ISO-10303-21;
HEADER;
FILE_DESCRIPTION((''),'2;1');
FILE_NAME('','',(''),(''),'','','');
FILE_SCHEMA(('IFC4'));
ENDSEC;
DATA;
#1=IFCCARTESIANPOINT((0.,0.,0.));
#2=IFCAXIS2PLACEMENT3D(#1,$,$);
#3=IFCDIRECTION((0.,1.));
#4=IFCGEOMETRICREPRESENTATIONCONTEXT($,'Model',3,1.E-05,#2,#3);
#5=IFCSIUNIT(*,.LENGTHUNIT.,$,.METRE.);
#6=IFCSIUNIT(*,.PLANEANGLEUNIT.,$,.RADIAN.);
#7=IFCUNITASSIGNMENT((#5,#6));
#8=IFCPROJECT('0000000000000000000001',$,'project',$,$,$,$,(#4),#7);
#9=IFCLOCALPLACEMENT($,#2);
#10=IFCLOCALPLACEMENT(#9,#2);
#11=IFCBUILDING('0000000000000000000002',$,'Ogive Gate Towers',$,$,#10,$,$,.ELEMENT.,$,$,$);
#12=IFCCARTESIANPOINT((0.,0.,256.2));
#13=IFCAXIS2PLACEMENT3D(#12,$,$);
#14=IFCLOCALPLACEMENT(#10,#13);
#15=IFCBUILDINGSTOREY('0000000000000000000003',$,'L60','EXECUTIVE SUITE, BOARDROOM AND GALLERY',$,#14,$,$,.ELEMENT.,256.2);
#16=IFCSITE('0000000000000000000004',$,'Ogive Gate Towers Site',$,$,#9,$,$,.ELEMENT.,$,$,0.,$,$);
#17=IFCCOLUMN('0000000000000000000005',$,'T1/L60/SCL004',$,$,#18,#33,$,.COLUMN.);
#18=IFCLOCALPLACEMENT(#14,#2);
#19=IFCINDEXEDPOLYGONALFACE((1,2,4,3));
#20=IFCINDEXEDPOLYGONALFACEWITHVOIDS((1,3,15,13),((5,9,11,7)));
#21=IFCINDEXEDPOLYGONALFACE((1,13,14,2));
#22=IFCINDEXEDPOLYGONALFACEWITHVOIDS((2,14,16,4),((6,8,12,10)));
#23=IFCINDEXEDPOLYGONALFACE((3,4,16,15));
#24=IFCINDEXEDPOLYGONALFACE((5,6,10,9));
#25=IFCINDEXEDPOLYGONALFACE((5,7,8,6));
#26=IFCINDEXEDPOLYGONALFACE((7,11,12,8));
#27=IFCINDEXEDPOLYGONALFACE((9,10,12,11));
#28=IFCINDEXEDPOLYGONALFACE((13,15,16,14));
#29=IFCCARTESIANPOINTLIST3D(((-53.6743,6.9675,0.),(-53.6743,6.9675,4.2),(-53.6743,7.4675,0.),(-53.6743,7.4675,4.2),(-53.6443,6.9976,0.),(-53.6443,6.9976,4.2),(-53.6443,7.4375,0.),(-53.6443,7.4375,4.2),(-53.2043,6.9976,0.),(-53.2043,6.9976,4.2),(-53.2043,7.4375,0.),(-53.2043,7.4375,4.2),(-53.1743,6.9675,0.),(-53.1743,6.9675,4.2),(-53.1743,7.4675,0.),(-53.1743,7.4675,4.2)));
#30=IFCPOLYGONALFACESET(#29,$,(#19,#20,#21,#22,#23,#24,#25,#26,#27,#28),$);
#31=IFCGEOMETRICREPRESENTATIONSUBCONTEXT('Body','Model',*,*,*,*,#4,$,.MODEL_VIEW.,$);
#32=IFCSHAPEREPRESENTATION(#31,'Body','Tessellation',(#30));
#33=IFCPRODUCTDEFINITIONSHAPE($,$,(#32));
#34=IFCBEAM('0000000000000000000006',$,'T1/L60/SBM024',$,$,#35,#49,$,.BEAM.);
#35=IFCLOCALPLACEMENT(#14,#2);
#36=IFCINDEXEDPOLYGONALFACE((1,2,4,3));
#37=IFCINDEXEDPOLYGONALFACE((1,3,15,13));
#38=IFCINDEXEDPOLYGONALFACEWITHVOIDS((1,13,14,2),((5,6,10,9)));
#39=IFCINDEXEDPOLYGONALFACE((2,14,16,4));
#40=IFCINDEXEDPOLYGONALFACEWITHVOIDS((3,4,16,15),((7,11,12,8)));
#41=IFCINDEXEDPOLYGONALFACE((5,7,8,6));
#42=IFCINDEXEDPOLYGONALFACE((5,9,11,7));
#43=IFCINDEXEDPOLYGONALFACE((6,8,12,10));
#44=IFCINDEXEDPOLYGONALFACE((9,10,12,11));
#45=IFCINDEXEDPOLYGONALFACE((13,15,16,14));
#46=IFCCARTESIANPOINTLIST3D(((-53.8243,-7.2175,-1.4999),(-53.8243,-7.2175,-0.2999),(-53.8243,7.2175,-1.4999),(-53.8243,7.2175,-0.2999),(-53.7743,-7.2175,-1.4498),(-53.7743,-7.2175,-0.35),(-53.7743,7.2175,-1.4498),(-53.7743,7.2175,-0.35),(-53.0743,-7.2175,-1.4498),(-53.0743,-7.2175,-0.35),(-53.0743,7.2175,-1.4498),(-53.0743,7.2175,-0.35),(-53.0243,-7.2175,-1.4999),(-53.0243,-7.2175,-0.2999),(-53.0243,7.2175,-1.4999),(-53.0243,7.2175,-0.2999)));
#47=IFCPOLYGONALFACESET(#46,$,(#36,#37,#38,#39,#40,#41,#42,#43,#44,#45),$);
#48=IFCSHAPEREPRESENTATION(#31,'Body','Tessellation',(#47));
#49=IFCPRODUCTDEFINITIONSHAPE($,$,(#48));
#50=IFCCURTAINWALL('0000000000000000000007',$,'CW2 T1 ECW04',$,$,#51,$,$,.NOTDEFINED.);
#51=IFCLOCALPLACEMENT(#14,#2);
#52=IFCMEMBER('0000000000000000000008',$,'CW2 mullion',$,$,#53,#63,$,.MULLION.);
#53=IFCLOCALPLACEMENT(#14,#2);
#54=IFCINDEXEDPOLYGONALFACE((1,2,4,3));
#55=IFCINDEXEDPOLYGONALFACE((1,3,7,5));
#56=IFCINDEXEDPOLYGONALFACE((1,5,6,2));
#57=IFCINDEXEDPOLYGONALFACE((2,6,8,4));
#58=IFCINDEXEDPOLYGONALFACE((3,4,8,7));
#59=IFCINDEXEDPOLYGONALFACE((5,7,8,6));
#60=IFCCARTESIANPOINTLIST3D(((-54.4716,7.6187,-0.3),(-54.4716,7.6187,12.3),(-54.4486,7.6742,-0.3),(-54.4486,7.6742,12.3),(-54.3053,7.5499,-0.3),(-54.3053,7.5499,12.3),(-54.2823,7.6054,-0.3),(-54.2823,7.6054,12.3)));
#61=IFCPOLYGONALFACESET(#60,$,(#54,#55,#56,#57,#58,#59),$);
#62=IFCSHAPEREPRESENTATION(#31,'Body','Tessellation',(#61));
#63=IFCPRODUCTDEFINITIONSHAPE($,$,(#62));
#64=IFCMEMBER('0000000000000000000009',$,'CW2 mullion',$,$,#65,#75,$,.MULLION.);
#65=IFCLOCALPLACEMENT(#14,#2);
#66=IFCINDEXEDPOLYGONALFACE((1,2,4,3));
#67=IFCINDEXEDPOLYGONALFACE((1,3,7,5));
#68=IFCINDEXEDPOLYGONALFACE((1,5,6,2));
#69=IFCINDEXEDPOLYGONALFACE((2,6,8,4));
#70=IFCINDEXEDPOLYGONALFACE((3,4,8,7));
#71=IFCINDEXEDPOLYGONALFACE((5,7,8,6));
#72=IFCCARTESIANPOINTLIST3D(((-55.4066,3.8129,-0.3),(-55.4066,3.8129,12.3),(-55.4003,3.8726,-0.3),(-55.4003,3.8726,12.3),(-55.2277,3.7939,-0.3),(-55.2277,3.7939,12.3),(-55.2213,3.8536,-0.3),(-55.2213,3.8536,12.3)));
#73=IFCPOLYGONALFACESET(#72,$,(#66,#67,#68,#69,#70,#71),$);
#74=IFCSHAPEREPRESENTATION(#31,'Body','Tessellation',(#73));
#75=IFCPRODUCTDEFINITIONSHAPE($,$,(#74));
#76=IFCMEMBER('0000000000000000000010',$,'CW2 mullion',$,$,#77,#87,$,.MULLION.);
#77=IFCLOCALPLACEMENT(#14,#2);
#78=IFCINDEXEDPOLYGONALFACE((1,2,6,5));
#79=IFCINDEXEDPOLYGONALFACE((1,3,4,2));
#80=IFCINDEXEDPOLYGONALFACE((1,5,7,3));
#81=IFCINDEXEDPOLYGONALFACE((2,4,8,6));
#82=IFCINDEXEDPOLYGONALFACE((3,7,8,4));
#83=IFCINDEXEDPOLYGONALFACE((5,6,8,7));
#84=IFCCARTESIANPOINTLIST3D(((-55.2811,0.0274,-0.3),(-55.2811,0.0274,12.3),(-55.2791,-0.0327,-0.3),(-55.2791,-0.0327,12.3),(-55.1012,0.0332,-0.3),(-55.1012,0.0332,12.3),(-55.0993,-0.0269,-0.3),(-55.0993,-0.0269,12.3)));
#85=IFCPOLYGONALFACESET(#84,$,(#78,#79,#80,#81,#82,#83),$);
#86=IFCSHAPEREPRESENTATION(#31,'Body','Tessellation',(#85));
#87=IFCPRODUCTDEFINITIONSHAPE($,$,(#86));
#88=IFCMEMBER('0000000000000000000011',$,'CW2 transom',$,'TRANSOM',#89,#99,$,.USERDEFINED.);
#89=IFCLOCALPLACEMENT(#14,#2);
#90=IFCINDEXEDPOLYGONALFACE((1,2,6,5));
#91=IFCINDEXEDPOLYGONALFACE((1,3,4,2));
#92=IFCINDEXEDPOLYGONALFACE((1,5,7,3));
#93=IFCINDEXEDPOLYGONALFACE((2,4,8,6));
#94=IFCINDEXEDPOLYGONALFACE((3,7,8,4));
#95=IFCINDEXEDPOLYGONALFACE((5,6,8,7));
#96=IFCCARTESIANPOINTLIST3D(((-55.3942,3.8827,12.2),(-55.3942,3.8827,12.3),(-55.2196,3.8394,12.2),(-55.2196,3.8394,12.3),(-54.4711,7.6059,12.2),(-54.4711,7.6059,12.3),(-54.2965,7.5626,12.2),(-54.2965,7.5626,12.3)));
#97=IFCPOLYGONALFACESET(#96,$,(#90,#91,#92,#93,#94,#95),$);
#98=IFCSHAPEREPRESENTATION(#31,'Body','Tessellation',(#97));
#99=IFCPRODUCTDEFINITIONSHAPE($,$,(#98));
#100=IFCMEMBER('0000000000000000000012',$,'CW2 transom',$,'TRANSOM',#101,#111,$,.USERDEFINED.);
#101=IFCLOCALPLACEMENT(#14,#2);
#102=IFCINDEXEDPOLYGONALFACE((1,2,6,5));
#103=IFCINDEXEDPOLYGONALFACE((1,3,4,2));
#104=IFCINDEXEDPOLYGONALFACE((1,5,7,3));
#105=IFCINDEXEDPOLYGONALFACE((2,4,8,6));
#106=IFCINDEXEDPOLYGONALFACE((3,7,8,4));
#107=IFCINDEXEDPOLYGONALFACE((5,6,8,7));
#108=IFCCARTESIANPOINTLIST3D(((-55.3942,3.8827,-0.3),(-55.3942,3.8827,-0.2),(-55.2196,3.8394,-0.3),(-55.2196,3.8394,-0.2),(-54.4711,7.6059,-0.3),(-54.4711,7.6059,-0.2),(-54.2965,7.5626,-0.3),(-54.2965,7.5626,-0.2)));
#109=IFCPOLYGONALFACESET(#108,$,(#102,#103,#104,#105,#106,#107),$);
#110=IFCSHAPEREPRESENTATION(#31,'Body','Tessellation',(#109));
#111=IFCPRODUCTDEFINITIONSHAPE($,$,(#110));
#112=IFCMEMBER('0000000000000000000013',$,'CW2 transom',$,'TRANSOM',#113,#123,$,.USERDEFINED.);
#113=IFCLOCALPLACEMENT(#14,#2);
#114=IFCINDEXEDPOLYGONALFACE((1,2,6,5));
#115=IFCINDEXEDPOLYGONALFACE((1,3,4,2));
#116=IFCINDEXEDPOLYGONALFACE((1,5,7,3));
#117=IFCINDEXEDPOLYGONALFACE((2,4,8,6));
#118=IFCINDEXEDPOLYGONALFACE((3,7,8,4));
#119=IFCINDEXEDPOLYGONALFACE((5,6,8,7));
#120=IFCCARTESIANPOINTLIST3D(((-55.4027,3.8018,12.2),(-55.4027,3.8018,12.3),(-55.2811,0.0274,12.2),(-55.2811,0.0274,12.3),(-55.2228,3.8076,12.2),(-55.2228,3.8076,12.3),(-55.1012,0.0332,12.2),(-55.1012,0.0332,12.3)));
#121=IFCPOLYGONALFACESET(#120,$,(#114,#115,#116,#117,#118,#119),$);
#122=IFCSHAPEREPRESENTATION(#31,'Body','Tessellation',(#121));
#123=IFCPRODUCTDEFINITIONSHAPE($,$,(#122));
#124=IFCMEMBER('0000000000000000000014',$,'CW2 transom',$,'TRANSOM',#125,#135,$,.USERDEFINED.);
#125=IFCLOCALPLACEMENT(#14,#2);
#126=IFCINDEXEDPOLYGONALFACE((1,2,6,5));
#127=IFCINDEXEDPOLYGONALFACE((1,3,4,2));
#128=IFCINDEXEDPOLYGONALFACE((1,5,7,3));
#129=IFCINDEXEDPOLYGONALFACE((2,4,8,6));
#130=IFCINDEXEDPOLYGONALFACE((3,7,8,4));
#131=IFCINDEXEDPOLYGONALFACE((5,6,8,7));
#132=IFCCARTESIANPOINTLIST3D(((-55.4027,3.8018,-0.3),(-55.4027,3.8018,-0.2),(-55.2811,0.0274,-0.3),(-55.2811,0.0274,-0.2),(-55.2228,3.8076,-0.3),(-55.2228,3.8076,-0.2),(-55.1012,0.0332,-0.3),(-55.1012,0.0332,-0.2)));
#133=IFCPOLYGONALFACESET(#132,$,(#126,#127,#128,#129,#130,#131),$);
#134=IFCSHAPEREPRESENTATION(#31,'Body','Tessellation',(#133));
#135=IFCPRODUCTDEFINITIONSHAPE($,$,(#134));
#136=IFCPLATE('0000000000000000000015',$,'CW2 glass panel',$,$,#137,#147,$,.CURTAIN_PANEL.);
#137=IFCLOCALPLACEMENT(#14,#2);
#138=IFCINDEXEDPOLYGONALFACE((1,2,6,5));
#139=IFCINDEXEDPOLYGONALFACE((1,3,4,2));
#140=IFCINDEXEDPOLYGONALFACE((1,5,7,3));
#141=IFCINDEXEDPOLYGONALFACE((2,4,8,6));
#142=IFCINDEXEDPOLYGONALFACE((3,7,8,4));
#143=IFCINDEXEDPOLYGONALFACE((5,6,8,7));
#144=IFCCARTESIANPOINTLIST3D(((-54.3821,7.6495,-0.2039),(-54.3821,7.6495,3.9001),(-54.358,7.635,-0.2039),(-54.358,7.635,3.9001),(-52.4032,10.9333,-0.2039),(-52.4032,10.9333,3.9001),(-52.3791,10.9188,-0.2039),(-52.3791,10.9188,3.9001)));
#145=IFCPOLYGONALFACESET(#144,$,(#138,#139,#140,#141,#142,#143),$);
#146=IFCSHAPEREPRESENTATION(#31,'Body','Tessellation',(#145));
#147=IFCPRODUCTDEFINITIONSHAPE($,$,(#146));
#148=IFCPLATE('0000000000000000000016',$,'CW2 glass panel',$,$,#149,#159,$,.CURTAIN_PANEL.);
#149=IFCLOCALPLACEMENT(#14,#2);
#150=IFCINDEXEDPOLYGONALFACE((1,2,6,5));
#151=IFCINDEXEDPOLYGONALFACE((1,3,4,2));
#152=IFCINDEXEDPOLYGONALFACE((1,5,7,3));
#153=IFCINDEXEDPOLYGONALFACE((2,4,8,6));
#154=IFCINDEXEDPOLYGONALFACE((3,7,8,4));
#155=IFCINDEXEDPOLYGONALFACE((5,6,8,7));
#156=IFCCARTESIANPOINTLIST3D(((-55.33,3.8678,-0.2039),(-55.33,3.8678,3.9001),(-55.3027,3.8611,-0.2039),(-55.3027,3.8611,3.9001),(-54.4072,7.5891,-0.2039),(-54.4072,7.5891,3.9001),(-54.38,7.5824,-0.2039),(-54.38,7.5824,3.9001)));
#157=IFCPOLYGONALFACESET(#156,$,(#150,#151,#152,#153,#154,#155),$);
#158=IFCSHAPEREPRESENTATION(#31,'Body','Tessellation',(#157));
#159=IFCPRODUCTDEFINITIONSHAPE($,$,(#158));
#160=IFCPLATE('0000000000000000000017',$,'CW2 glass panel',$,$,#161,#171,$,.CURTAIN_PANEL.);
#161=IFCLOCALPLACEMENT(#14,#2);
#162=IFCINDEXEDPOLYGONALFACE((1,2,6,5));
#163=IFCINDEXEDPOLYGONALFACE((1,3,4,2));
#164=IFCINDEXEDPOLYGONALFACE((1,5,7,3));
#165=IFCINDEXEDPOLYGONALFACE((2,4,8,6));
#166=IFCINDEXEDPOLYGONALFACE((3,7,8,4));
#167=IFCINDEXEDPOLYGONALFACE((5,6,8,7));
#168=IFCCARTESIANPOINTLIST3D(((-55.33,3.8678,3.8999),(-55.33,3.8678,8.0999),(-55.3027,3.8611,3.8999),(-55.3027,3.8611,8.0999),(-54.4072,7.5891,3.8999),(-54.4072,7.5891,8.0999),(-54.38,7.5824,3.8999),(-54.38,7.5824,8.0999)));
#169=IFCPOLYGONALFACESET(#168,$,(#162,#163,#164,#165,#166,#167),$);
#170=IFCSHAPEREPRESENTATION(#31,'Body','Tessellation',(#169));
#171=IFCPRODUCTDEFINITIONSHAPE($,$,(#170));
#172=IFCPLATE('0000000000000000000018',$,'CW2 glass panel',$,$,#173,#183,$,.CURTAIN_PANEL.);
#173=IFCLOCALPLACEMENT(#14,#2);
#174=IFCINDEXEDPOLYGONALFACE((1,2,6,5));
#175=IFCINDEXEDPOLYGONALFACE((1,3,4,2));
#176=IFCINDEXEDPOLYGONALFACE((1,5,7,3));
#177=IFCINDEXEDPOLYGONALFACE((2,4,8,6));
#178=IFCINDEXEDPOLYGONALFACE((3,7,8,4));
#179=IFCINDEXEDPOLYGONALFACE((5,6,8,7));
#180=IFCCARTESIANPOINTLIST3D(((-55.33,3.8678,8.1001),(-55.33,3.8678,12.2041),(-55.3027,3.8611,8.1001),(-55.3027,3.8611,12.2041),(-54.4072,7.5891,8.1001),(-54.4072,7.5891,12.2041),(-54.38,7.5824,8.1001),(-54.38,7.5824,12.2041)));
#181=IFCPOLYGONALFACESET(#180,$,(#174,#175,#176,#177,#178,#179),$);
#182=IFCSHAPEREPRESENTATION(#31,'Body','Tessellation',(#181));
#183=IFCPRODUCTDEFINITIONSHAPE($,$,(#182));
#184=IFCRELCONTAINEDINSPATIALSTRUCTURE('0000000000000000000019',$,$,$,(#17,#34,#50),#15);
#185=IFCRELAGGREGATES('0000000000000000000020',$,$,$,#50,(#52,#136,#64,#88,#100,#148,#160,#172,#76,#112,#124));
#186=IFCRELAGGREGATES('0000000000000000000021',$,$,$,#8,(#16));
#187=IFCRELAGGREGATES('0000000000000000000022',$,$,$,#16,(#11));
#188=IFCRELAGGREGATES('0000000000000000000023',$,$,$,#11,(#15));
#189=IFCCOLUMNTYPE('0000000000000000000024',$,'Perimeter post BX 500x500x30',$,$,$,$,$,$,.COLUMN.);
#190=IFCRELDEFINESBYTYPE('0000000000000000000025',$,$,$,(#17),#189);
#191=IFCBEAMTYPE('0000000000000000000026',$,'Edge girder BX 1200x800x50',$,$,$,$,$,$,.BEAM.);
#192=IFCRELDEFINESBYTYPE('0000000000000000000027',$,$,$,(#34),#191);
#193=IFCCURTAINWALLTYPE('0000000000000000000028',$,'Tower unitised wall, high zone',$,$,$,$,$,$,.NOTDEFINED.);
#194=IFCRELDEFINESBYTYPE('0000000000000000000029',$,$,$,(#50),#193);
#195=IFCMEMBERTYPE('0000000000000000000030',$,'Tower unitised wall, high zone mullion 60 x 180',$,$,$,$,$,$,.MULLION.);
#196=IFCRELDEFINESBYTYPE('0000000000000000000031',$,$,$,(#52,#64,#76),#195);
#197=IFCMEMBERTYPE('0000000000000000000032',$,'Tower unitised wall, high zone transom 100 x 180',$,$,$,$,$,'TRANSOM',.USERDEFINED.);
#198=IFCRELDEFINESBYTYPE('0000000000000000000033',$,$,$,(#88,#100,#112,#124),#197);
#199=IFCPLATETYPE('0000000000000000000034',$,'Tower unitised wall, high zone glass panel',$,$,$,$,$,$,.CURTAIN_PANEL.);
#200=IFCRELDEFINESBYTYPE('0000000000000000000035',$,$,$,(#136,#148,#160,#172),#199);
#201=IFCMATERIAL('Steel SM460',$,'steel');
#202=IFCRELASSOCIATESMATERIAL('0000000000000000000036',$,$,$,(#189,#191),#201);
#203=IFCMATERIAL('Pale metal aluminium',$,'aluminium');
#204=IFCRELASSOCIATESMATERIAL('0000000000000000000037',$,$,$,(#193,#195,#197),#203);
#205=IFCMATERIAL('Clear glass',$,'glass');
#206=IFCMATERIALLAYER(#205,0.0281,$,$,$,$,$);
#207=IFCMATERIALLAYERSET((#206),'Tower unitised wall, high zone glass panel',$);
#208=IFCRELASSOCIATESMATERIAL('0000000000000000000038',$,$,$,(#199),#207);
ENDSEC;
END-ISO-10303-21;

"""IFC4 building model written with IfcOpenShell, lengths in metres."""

from ifc_helpers import new_model, si_unit, direction, frame, origin, origin_2d, place, context, subcontext, project, spatial, rectangle, hollow_rectangle, extrude, material, layer, layer_set, material_profile, profile_set, type_object, element, aggregate, save


model = new_model("IFC4")

# Units and contexts
model_context = context("Model", 3, precision=1e-05, world=origin(), true_north=direction((0.0, 1.0)))
body_context = subcontext(model_context, "Body", "Model", "MODEL_VIEW")
ifc_project = project(units=[si_unit("LENGTHUNIT", "METRE"), si_unit("PLANEANGLEUNIT", "RADIAN")], contexts=[model_context])

# Site, building, storey
site_placement = place(None, origin())
site = spatial("IfcSite", under=ifc_project, at=site_placement, Name="Ogive Gate Towers Site", CompositionType="ELEMENT", RefElevation=0.0)
building_placement = place(site_placement, origin())
building = spatial("IfcBuilding", under=site, at=building_placement, Name="Ogive Gate Towers", CompositionType="ELEMENT")
storey_placement = place(building_placement, frame((0.0, 0.0, 256.2)))
storey = spatial("IfcBuildingStorey", under=building, at=storey_placement, Name="L60", Description="EXECUTIVE SUITE, BOARDROOM AND GALLERY", CompositionType="ELEMENT", Elevation=256.2)

# Column
ifc_material_1 = material(Name="Steel SM460", Category="steel")
ifc_material_profile_1 = material_profile(ifc_material_1, hollow_rectangle(XDim=0.5, YDim=0.5, WallThickness=0.03, at=origin_2d()), Name="BX 500x500x30")
ifc_profile_set_1 = profile_set([ifc_material_profile_1], Name="Steel SM460")
column_type = type_object("IfcColumnType", Name="Perimeter post BX 500x500x30", PredefinedType="COLUMN", material=ifc_profile_set_1)
column_placement = place(storey_placement, frame((-53.4243, 7.2175, 0.0), z_axis=(0.0, 0.0, 1.0), x_axis=(1.0, 0.0, 0.0)))
element("IfcColumn", 1, at=column_placement, inside=storey, type_object=column_type, Name="T1/L60/SCL004", PredefinedType="COLUMN", context=body_context, shape_type="SweptSolid", body=[
    extrude(hollow_rectangle(XDim=0.5, YDim=0.5, WallThickness=0.03, at=origin_2d()), origin(), (0.0, 0.0, 1.0), 4.2),
])

# Beam
ifc_material_profile_2 = material_profile(ifc_material_1, hollow_rectangle(XDim=0.8, YDim=1.2, WallThickness=0.05, at=origin_2d()), Name="BX 1200x800x50")
ifc_profile_set_2 = profile_set([ifc_material_profile_2], Name="Steel SM460")
beam_type = type_object("IfcBeamType", Name="Edge girder BX 1200x800x50", PredefinedType="BEAM", material=ifc_profile_set_2)
beam_placement = place(storey_placement, frame((-53.4243, 7.2175, -0.8999), z_axis=(0.0, -1.0, 0.0), x_axis=(1.0, 0.0, 0.0)))
element("IfcBeam", 2, at=beam_placement, inside=storey, type_object=beam_type, Name="T1/L60/SBM024", PredefinedType="BEAM", context=body_context, shape_type="SweptSolid", body=[
    extrude(hollow_rectangle(XDim=0.8, YDim=1.2, WallThickness=0.05, at=origin_2d()), origin(), (0.0, 0.0, 1.0), 14.4351),
])

# Curtain wall, members, plates
ifc_material_2 = material(Name="Pale metal aluminium", Category="aluminium")
curtain_wall_type = type_object("IfcCurtainWallType", Name="Tower unitised wall, high zone", PredefinedType="NOTDEFINED", material=ifc_material_2)
curtain_wall_placement = place(storey_placement, origin())
curtain_wall = element("IfcCurtainWall", 3, at=curtain_wall_placement, inside=storey, type_object=curtain_wall_type, Name="CW2 T1 ECW04", PredefinedType="NOTDEFINED")
ifc_material_profile_3 = material_profile(ifc_material_2, rectangle(XDim=0.1799, YDim=0.0601, at=origin_2d()), Name="60 x 180 aluminium box")
ifc_profile_set_3 = profile_set([ifc_material_profile_3], Name="Pale metal aluminium")
member_type_1 = type_object("IfcMemberType", Name="Tower unitised wall, high zone mullion 60 x 180", PredefinedType="MULLION", material=ifc_profile_set_3)
member_1_placement = place(storey_placement, frame((-54.377, 7.6121, -0.3), z_axis=(0.0, 0.0, 1.0), x_axis=(-0.92388, 0.382683, 0.0)))
member_1 = element("IfcMember", 4, at=member_1_placement, type_object=member_type_1, Name="CW2 mullion", PredefinedType="MULLION", context=body_context, shape_type="SweptSolid", body=[
    extrude(rectangle(XDim=0.1799, YDim=0.0601, at=origin_2d()), origin(), (0.0, 0.0, 1.0), 12.6001),
])
member_2_placement = place(storey_placement, frame((-55.314, 3.8333, -0.3), z_axis=(0.0, 0.0, 1.0), x_axis=(-0.994451, 0.105205, 0.0)))
member_2 = element("IfcMember", 5, at=member_2_placement, type_object=member_type_1, Name="CW2 mullion", PredefinedType="MULLION", context=body_context, shape_type="SweptSolid", body=[
    extrude(rectangle(XDim=0.1799, YDim=0.0601, at=origin_2d()), origin(), (0.0, 0.0, 1.0), 12.6001),
])
member_3_placement = place(storey_placement, frame((-55.1902, 0.0002, -0.3), z_axis=(0.0, 0.0, 1.0), x_axis=(-0.99948, -0.032248, 0.0)))
member_3 = element("IfcMember", 6, at=member_3_placement, type_object=member_type_1, Name="CW2 mullion", PredefinedType="MULLION", context=body_context, shape_type="SweptSolid", body=[
    extrude(rectangle(XDim=0.1799, YDim=0.0601, at=origin_2d()), origin(), (0.0, 0.0, 1.0), 12.6001),
])
ifc_material_profile_4 = material_profile(ifc_material_2, rectangle(XDim=0.1799, YDim=0.1001, at=origin_2d()), Name="100 x 180 aluminium box")
ifc_profile_set_4 = profile_set([ifc_material_profile_4], Name="Pale metal aluminium")
member_type_2 = type_object("IfcMemberType", Name="Tower unitised wall, high zone transom 100 x 180", ElementType="TRANSOM", PredefinedType="USERDEFINED", material=ifc_profile_set_4)
member_4_placement = place(storey_placement, frame((-54.3838, 7.5842, 12.25), z_axis=(-0.240648, -0.970612, 0.0), x_axis=(0.970612, -0.240648, 0.0)))
member_4 = element("IfcMember", 7, at=member_4_placement, type_object=member_type_2, Name="CW2 transom", ObjectType="TRANSOM", PredefinedType="USERDEFINED", context=body_context, shape_type="SweptSolid", body=[
    extrude(rectangle(XDim=0.1799, YDim=0.1001, at=origin_2d()), origin(), (0.0, 0.0, 1.0), 3.8359),
])
member_5_placement = place(storey_placement, frame((-54.3838, 7.5842, -0.25), z_axis=(-0.240648, -0.970612, 0.0), x_axis=(0.970612, -0.240648, 0.0)))
member_5 = element("IfcMember", 8, at=member_5_placement, type_object=member_type_2, Name="CW2 transom", ObjectType="TRANSOM", PredefinedType="USERDEFINED", context=body_context, shape_type="SweptSolid", body=[
    extrude(rectangle(XDim=0.1799, YDim=0.1001, at=origin_2d()), origin(), (0.0, 0.0, 1.0), 3.8359),
])
member_6_placement = place(storey_placement, frame((-55.3127, 3.8047, 12.25), z_axis=(0.032195, -0.999482, 0.0), x_axis=(0.999482, 0.032195, 0.0)))
member_6 = element("IfcMember", 9, at=member_6_placement, type_object=member_type_2, Name="CW2 transom", ObjectType="TRANSOM", PredefinedType="USERDEFINED", context=body_context, shape_type="SweptSolid", body=[
    extrude(rectangle(XDim=0.1799, YDim=0.1001, at=origin_2d()), origin(), (0.0, 0.0, 1.0), 3.7764),
])
member_7_placement = place(storey_placement, frame((-55.3127, 3.8047, -0.25), z_axis=(0.032195, -0.999482, 0.0), x_axis=(0.999482, 0.032195, 0.0)))
member_7 = element("IfcMember", 10, at=member_7_placement, type_object=member_type_2, Name="CW2 transom", ObjectType="TRANSOM", PredefinedType="USERDEFINED", context=body_context, shape_type="SweptSolid", body=[
    extrude(rectangle(XDim=0.1799, YDim=0.1001, at=origin_2d()), origin(), (0.0, 0.0, 1.0), 3.7764),
])
ifc_material_3 = material(Name="Clear glass", Category="glass")
ifc_layer_1 = layer(ifc_material_3, 0.0281)
ifc_layer_set_1 = layer_set([ifc_layer_1], Name="Tower unitised wall, high zone glass panel")
plate_type = type_object("IfcPlateType", Name="Tower unitised wall, high zone glass panel", PredefinedType="CURTAIN_PANEL", material=ifc_layer_set_1)
plate_1_placement = place(storey_placement, frame((-53.3806, 9.2842, -0.2039), z_axis=(0.0, 0.0, 1.0), x_axis=(-0.516145, -0.856501, 0.0)))
plate_1 = element("IfcPlate", 11, at=plate_1_placement, type_object=plate_type, Name="CW2 glass panel", PredefinedType="CURTAIN_PANEL", context=body_context, shape_type="SweptSolid", body=[
    extrude(rectangle(XDim=3.834, YDim=0.0281, at=origin_2d()), origin(), (0.0, 0.0, 1.0), 4.104),
])
plate_2_placement = place(storey_placement, frame((-54.855, 5.7251, -0.2039), z_axis=(0.0, 0.0, 1.0), x_axis=(-0.240669, -0.970607, 0.0)))
plate_2 = element("IfcPlate", 12, at=plate_2_placement, type_object=plate_type, Name="CW2 glass panel", PredefinedType="CURTAIN_PANEL", context=body_context, shape_type="SweptSolid", body=[
    extrude(rectangle(XDim=3.834, YDim=0.0281, at=origin_2d()), origin(), (0.0, 0.0, 1.0), 4.104),
])
plate_3_placement = place(storey_placement, frame((-54.855, 5.7251, 3.8999), z_axis=(0.0, 0.0, 1.0), x_axis=(-0.240669, -0.970607, 0.0)))
plate_3 = element("IfcPlate", 13, at=plate_3_placement, type_object=plate_type, Name="CW2 glass panel", PredefinedType="CURTAIN_PANEL", context=body_context, shape_type="SweptSolid", body=[
    extrude(rectangle(XDim=3.834, YDim=0.0281, at=origin_2d()), origin(), (0.0, 0.0, 1.0), 4.2),
])
plate_4_placement = place(storey_placement, frame((-54.855, 5.7251, 8.1001), z_axis=(0.0, 0.0, 1.0), x_axis=(-0.240669, -0.970607, 0.0)))
plate_4 = element("IfcPlate", 14, at=plate_4_placement, type_object=plate_type, Name="CW2 glass panel", PredefinedType="CURTAIN_PANEL", context=body_context, shape_type="SweptSolid", body=[
    extrude(rectangle(XDim=3.834, YDim=0.0281, at=origin_2d()), origin(), (0.0, 0.0, 1.0), 4.104),
])
aggregate(curtain_wall, [member_1, plate_1, member_2, member_4, member_5, plate_2, plate_3, plate_4, member_3, member_6, member_7])

save(model, "model.ifc")
